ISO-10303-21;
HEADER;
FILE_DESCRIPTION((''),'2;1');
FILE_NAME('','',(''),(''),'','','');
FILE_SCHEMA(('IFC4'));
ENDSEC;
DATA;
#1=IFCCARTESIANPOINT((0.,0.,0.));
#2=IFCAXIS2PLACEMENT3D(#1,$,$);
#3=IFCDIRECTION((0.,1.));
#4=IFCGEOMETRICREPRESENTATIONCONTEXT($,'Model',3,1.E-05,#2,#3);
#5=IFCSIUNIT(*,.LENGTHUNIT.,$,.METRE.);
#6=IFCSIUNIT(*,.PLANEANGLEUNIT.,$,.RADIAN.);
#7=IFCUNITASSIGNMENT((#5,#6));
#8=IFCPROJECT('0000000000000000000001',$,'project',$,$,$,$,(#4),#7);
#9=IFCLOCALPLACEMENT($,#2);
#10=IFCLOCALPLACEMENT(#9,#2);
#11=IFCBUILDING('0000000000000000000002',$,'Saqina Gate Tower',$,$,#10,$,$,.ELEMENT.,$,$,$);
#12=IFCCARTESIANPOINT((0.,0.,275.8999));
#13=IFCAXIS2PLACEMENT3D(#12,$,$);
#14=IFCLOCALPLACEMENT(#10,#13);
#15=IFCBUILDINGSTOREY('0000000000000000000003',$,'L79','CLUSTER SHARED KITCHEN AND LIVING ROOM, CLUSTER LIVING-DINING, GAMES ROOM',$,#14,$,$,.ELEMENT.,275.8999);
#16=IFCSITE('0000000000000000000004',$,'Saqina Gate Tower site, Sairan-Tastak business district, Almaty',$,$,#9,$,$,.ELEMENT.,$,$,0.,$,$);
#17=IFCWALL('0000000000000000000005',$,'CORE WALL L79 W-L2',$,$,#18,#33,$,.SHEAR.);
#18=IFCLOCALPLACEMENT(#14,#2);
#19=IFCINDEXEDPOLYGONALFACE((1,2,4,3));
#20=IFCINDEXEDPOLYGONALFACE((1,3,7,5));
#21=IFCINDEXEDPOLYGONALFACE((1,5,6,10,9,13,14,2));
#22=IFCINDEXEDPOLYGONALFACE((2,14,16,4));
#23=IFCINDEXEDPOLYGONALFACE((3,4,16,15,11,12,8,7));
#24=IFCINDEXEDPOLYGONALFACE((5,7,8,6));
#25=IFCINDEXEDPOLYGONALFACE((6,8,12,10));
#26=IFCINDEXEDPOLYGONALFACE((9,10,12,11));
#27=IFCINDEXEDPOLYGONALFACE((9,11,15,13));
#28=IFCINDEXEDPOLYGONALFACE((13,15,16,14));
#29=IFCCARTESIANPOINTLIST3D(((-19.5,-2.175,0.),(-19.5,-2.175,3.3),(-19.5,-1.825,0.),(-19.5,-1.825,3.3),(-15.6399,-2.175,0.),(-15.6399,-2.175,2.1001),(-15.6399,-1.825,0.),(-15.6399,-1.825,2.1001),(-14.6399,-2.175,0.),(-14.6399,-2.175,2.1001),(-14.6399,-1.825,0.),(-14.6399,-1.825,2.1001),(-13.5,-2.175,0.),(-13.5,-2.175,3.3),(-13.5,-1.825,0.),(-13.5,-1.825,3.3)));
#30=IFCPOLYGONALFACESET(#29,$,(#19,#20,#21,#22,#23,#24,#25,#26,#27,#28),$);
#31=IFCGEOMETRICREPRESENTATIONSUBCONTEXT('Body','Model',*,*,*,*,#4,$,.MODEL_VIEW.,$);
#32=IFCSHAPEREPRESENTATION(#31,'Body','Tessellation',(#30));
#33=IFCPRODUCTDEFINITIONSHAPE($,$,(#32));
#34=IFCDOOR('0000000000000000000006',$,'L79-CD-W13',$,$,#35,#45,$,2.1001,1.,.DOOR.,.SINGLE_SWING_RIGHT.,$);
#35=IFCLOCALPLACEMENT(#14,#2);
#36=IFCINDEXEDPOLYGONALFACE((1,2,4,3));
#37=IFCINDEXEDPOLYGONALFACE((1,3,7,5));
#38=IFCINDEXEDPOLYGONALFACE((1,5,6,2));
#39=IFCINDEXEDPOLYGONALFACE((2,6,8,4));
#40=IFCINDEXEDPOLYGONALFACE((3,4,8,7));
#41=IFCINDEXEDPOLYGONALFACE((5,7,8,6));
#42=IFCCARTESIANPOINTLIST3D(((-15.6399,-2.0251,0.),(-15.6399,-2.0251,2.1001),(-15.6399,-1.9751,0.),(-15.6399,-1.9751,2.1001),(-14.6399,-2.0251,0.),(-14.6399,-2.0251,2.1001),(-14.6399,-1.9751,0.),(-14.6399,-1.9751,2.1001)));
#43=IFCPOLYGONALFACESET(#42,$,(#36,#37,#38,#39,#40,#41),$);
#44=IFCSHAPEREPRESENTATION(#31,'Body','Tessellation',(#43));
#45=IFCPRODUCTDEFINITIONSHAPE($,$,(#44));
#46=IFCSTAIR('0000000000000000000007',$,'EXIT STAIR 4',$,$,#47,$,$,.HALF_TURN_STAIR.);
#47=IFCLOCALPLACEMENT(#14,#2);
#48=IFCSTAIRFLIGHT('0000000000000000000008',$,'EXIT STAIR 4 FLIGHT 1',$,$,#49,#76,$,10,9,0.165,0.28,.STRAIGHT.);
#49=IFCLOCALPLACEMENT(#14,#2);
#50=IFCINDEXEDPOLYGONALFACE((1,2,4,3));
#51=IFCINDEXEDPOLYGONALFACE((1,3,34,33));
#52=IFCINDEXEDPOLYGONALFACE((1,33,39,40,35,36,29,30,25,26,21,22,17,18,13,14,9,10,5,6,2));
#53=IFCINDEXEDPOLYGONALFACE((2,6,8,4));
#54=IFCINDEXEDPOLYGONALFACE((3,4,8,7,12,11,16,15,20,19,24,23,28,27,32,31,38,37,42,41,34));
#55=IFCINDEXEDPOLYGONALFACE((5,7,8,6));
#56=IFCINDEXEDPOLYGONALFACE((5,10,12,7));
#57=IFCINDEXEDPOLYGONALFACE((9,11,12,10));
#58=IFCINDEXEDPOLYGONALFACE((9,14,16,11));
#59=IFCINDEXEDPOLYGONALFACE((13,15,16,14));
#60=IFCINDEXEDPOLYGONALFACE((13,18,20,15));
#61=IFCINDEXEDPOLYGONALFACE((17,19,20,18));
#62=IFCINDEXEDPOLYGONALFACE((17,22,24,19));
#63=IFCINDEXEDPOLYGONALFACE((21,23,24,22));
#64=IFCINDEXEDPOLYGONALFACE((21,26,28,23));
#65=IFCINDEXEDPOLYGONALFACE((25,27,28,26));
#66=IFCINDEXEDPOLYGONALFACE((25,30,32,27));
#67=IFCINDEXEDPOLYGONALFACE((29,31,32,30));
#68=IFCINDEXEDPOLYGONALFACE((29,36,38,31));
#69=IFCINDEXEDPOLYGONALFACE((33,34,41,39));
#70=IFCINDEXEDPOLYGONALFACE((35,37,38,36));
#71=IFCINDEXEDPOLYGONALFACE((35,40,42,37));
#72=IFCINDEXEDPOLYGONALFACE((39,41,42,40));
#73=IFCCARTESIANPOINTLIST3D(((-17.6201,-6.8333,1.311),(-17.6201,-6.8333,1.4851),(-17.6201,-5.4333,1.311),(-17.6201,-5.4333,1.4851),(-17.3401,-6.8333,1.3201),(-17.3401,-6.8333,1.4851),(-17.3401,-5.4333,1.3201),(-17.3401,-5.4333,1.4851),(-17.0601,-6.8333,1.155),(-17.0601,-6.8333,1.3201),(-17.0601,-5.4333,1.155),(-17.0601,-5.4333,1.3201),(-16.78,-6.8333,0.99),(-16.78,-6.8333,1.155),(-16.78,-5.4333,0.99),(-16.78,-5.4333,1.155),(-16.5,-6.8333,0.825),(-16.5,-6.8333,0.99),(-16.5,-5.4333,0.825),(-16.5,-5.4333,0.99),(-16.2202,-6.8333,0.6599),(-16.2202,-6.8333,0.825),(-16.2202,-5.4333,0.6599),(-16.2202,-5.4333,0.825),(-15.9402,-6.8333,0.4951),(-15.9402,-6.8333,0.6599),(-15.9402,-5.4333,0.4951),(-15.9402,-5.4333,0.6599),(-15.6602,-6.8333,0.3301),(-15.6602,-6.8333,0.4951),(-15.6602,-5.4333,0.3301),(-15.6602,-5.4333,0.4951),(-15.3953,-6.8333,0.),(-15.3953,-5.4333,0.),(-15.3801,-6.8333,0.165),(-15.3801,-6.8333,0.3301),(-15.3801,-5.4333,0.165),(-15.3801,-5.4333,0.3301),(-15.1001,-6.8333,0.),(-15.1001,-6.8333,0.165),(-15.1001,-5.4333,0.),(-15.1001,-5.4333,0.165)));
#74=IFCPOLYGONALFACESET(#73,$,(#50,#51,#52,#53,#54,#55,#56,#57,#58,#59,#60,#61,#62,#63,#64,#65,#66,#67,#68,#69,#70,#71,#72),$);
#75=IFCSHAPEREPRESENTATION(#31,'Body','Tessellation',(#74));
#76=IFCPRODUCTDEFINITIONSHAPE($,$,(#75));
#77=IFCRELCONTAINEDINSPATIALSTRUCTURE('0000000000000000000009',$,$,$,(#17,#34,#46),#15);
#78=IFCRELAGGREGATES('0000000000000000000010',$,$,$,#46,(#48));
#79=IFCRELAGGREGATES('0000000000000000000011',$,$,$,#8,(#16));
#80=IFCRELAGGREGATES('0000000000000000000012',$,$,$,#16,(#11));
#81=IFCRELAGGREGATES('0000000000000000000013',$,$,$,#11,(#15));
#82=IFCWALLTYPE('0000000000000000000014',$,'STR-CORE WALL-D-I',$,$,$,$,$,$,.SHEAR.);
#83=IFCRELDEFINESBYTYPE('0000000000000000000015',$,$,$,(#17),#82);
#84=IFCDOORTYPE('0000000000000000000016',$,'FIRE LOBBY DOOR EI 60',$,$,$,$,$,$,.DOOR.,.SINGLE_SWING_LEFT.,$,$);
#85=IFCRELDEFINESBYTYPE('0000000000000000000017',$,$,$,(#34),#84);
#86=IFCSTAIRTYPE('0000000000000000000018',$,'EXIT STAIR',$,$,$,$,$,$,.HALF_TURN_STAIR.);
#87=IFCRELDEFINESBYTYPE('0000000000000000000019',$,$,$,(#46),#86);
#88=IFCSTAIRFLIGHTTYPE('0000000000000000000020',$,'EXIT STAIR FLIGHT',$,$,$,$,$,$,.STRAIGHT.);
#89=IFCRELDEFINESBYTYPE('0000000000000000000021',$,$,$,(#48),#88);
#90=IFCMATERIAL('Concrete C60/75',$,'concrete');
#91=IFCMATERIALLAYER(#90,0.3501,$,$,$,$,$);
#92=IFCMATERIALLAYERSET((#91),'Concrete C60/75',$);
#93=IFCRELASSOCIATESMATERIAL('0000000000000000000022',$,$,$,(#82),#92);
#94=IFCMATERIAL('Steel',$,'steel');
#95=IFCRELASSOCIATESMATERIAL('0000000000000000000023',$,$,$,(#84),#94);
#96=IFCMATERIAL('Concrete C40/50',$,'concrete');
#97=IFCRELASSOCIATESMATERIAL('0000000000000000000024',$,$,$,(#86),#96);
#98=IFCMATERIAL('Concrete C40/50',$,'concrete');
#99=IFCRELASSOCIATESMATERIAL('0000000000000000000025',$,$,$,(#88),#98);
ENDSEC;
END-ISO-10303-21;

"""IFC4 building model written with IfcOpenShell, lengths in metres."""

from ifc_helpers import new_model, si_unit, direction, frame, frame_2d, origin, place, context, subcontext, project, spatial, polyline, rectangle, outline, extrude, material, layer, layer_set, type_object, element, fill, aggregate, save


model = new_model("IFC4")

# Units and contexts
model_context = context("Model", 3, precision=1e-05, world=origin(), true_north=direction((0.0, 1.0)))
body_context = subcontext(model_context, "Body", "Model", "MODEL_VIEW")
ifc_project = project(units=[si_unit("LENGTHUNIT", "METRE"), si_unit("PLANEANGLEUNIT", "RADIAN")], contexts=[model_context])

# Site, building, storey
site_placement = place(None, origin())
site = spatial("IfcSite", under=ifc_project, at=site_placement, Name="Saqina Gate Tower site, Sairan-Tastak business district, Almaty", CompositionType="ELEMENT", RefElevation=0.0)
building_placement = place(site_placement, origin())
building = spatial("IfcBuilding", under=site, at=building_placement, Name="Saqina Gate Tower", CompositionType="ELEMENT")
storey_placement = place(building_placement, frame((0.0, 0.0, 275.8999)))
storey = spatial("IfcBuildingStorey", under=building, at=storey_placement, Name="L79", Description="CLUSTER SHARED KITCHEN AND LIVING ROOM, CLUSTER LIVING-DINING, GAMES ROOM", CompositionType="ELEMENT", Elevation=275.8999)

# Wall, opening, door
ifc_material_1 = material(Name="Concrete C60/75", Category="concrete")
ifc_layer_1 = layer(ifc_material_1, 0.3501)
ifc_layer_set_1 = layer_set([ifc_layer_1], Name="Concrete C60/75")
wall_type_1 = type_object("IfcWallType", Name="STR-CORE WALL-D-I", PredefinedType="SHEAR", material=ifc_layer_set_1)
wall_1_placement = place(storey_placement, frame((-13.5, -2.0, 0.0), z_axis=(0.0, 0.0, 1.0), x_axis=(-1.0, 0.0, 0.0)))
wall_1 = element("IfcWall", 1, at=wall_1_placement, inside=storey, type_object=wall_type_1, Name="CORE WALL L79 W-L2", PredefinedType="SHEAR", context=body_context, shape_type="SweptSolid", body=[
    extrude(rectangle(XDim=6.0, YDim=0.3501, at=frame_2d((3.0, 0.0))), origin(), (0.0, 0.0, 1.0), 3.3),
])
opening_1_placement = place(wall_1_placement, frame((1.1399, 0.0, 0.0)))
opening_1 = element("IfcOpeningElement", 2, at=opening_1_placement, cuts=wall_1, PredefinedType="OPENING", context=body_context, shape_type="SweptSolid", body=[
    extrude(rectangle(XDim=1.0, YDim=2.1001, at=frame_2d((0.5, 1.05))), frame((0.0, 0.187, 0.0), z_axis=(0.0, -1.0, 0.0), x_axis=(1.0, 0.0, 0.0)), (0.0, 0.0, 1.0), 0.374),
])
ifc_material_2 = material(Name="Steel", Category="steel")
door_type_1 = type_object("IfcDoorType", Name="FIRE LOBBY DOOR EI 60", OperationType="SINGLE_SWING_LEFT", PredefinedType="DOOR", material=ifc_material_2)
door_1_placement = place(opening_1_placement, frame((1.0, 0.0, 0.0), z_axis=(0.0, 0.0, 1.0), x_axis=(-1.0, 0.0, 0.0)))
door_1 = element("IfcDoor", 3, at=door_1_placement, inside=storey, type_object=door_type_1, Name="L79-CD-W13", OperationType="SINGLE_SWING_RIGHT", OverallHeight=2.1001, OverallWidth=1.0, PredefinedType="DOOR", context=body_context, shape_type="SweptSolid", body=[
    extrude(rectangle(XDim=1.0, YDim=2.1001, at=frame_2d((0.5, 1.05))), frame((0.0, 0.0249, 0.0), z_axis=(0.0, -1.0, 0.0), x_axis=(1.0, 0.0, 0.0)), (0.0, 0.0, 1.0), 0.05),
])
fill(opening_1, door_1)

# Stair, stair flight
ifc_material_3 = material(Name="Concrete C40/50", Category="concrete")
stair_type = type_object("IfcStairType", Name="EXIT STAIR", PredefinedType="HALF_TURN_STAIR", material=ifc_material_3)
stair_placement = place(storey_placement, origin())
stair = element("IfcStair", 4, at=stair_placement, inside=storey, type_object=stair_type, Name="EXIT STAIR 4", PredefinedType="HALF_TURN_STAIR")
ifc_material_4 = material(Name="Concrete C40/50", Category="concrete")
stair_flight_type = type_object("IfcStairFlightType", Name="EXIT STAIR FLIGHT", PredefinedType="STRAIGHT", material=ifc_material_4)
stair_flight_placement = place(storey_placement, frame((-15.1001, -6.1333, 0.0), z_axis=(0.0, 0.0, 1.0), x_axis=(-1.0, 0.0, 0.0)))
stair_flight = element("IfcStairFlight", 5, at=stair_flight_placement, type_object=stair_flight_type, Name="EXIT STAIR 4 FLIGHT 1", NumberOfRisers=10, NumberOfTreads=9, PredefinedType="STRAIGHT", RiserHeight=0.165, TreadLength=0.28, context=body_context, shape_type="SweptSolid", body=[
    extrude(outline(polyline([(0.0, 0.0), (0.0, 0.165), (0.28, 0.165), (0.28, 0.3301), (0.5601, 0.3301), (0.5601, 0.4951), (0.8401, 0.4951), (0.8401, 0.6599), (1.1201, 0.6599), (1.1201, 0.825), (1.3999, 0.825), (1.3999, 0.99), (1.6799, 0.99), (1.6799, 1.155), (1.96, 1.155), (1.96, 1.3201), (2.24, 1.3201), (2.24, 1.4851), (2.52, 1.4851), (2.52, 1.6499), (2.52, 1.311), (0.2952, 0.0), (0.0, 0.0)])), frame((0.0, 0.7, 0.0), z_axis=(0.0, -1.0, 0.0), x_axis=(1.0, 0.0, 0.0)), (0.0, 0.0, 1.0), 1.3999),
])
aggregate(stair, [stair_flight])

save(model, "model.ifc")
